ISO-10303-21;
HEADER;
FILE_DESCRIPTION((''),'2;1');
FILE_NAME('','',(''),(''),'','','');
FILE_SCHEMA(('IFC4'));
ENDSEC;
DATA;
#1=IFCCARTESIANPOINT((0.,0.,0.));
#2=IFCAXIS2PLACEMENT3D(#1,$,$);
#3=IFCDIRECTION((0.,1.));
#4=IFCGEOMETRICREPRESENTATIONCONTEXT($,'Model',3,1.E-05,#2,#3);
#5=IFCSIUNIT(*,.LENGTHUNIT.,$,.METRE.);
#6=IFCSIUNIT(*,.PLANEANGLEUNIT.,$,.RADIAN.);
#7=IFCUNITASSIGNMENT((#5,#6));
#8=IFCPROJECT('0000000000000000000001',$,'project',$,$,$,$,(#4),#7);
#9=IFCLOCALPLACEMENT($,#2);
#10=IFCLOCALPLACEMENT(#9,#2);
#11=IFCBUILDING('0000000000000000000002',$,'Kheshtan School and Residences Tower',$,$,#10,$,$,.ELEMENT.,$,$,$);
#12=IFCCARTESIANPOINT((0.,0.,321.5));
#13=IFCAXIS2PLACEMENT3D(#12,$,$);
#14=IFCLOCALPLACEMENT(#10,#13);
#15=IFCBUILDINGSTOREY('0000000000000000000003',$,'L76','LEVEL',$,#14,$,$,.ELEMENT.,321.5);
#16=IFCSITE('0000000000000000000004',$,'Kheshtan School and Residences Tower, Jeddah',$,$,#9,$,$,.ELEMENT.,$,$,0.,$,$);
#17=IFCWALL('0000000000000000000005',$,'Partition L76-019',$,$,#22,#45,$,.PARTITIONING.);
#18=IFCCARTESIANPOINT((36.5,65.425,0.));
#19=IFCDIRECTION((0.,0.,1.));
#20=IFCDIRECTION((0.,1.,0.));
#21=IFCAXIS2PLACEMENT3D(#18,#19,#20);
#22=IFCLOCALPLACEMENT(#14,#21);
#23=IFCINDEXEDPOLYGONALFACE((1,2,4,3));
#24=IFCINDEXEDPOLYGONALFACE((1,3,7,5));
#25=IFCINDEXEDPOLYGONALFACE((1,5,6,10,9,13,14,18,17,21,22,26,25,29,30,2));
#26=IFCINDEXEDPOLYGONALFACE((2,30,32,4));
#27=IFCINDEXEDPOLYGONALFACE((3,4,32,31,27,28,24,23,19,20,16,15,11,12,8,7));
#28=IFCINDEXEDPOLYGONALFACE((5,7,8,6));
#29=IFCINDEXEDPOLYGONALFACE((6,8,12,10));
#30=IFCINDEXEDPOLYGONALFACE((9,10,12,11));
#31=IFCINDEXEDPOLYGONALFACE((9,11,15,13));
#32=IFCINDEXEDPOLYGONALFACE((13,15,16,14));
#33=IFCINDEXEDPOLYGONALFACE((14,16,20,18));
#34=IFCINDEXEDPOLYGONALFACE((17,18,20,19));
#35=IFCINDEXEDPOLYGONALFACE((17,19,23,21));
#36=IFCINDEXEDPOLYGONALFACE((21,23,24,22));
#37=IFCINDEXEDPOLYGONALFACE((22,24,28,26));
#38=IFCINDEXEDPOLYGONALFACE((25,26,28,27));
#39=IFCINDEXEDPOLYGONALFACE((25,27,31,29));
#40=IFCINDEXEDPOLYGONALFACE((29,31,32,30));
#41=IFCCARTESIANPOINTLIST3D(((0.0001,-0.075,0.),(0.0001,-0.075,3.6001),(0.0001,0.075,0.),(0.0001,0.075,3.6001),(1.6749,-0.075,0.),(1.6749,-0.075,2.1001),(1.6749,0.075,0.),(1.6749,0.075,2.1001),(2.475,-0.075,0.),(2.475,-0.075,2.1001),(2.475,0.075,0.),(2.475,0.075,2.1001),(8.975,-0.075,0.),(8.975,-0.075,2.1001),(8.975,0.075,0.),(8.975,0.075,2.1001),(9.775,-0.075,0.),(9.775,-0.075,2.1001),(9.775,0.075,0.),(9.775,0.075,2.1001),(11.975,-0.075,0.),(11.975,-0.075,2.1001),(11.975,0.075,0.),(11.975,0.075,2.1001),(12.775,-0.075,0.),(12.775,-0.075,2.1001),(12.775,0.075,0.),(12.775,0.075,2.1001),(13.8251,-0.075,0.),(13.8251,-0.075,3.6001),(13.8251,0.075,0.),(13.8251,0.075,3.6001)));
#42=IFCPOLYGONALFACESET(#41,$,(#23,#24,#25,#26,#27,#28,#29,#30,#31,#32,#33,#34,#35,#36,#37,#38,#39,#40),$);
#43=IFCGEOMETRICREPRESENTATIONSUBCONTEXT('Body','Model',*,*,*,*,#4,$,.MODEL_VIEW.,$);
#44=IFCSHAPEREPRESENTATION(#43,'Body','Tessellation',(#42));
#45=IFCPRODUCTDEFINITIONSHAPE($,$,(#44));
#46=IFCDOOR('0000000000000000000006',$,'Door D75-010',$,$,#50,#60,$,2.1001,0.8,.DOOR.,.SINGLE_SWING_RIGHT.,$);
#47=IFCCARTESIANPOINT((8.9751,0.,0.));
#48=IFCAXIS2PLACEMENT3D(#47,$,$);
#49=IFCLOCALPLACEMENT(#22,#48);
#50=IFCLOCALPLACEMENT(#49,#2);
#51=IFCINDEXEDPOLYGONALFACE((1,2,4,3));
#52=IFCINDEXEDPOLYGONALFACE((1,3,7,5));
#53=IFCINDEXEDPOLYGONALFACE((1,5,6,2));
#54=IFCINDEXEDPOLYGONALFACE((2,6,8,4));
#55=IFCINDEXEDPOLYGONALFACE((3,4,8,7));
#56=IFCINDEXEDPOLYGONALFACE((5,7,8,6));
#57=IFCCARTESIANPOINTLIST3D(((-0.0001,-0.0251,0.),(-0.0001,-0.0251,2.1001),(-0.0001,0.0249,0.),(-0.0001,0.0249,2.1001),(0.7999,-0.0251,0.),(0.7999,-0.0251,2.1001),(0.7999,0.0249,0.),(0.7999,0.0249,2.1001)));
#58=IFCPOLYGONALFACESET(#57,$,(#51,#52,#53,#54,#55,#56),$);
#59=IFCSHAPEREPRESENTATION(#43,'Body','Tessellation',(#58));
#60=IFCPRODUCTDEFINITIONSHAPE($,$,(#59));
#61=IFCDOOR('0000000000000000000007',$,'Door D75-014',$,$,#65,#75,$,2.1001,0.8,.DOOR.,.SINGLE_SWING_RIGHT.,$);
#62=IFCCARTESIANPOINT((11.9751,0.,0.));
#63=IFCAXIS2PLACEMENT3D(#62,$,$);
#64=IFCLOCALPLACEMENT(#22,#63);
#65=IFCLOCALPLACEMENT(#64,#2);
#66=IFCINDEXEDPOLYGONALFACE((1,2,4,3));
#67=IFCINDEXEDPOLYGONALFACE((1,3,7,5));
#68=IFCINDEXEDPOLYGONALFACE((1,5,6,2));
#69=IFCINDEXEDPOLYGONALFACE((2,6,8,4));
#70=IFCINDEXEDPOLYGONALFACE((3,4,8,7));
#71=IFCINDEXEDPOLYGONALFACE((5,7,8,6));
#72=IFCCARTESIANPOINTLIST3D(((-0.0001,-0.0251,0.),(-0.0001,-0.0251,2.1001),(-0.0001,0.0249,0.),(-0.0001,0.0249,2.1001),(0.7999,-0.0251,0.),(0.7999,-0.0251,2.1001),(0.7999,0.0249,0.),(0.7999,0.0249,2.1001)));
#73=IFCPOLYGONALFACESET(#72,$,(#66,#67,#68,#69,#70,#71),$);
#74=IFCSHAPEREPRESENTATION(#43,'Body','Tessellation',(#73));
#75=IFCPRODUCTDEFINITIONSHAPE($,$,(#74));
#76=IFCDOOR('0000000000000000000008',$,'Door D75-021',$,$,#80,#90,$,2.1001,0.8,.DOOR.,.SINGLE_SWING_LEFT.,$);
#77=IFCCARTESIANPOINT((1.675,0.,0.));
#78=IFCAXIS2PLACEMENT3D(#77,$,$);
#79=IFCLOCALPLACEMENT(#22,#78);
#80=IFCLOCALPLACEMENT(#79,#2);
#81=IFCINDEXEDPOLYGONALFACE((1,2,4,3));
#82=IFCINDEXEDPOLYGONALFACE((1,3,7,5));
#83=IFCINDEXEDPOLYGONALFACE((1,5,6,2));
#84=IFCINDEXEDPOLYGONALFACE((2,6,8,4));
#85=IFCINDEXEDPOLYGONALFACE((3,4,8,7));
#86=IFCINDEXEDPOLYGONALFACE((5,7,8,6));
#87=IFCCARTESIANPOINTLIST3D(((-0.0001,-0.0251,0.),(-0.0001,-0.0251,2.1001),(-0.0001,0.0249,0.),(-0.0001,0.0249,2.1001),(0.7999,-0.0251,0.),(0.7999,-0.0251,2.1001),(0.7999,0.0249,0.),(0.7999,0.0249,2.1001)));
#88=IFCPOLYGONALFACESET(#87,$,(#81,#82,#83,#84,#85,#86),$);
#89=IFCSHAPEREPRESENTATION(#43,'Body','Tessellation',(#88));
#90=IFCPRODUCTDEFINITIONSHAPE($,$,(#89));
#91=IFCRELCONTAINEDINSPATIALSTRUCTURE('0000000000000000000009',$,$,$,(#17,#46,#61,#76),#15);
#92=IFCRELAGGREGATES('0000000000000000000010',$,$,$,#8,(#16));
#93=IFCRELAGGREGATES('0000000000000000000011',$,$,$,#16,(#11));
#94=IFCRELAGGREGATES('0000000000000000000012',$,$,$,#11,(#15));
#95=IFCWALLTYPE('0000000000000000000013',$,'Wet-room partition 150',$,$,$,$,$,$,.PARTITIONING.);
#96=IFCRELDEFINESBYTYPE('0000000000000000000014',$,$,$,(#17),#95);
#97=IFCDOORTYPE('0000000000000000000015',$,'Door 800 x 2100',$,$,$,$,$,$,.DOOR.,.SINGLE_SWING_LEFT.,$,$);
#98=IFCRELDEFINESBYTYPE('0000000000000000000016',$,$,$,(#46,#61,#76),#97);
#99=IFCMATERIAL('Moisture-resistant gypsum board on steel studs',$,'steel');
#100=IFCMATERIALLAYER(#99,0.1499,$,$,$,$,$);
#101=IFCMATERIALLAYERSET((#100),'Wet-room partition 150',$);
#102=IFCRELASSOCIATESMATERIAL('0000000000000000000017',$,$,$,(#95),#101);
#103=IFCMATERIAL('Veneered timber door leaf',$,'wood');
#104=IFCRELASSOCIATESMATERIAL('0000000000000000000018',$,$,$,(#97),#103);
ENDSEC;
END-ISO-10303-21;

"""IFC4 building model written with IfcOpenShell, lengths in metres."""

from ifc_helpers import new_model, si_unit, direction, frame, frame_2d, origin, place, context, subcontext, project, spatial, rectangle, extrude, source, transform, mapped, material, layer, layer_set, type_object, element, fill, save


model = new_model("IFC4")

# Units and contexts
model_context = context("Model", 3, precision=1e-05, world=origin(), true_north=direction((0.0, 1.0)))
body_context = subcontext(model_context, "Body", "Model", "MODEL_VIEW")
ifc_project = project(units=[si_unit("LENGTHUNIT", "METRE"), si_unit("PLANEANGLEUNIT", "RADIAN")], contexts=[model_context])

# Site, building, storey
site_placement = place(None, origin())
site = spatial("IfcSite", under=ifc_project, at=site_placement, Name="Kheshtan School and Residences Tower, Jeddah", CompositionType="ELEMENT", RefElevation=0.0)
building_placement = place(site_placement, origin())
building = spatial("IfcBuilding", under=site, at=building_placement, Name="Kheshtan School and Residences Tower", CompositionType="ELEMENT")
storey_placement = place(building_placement, frame((0.0, 0.0, 321.5)))
storey = spatial("IfcBuildingStorey", under=building, at=storey_placement, Name="L76", Description="LEVEL", CompositionType="ELEMENT", Elevation=321.5)

# Shared definitions
ifc_material_1 = material(Name="Moisture-resistant gypsum board on steel studs", Category="steel")
ifc_layer_1 = layer(ifc_material_1, 0.1499)
ifc_layer_set_1 = layer_set([ifc_layer_1], Name="Wet-room partition 150")
wall_type_1 = type_object("IfcWallType", Name="Wet-room partition 150", PredefinedType="PARTITIONING", material=ifc_layer_set_1)

# Wall, openings, doors
wall_1_placement = place(storey_placement, frame((36.5, 65.425, 0.0), z_axis=(0.0, 0.0, 1.0), x_axis=(0.0, 1.0, 0.0)))
wall_1 = element("IfcWall", 1, at=wall_1_placement, inside=storey, type_object=wall_type_1, Name="Partition L76-019", PredefinedType="PARTITIONING", context=body_context, shape_type="SweptSolid", body=[
    extrude(rectangle(XDim=13.825, YDim=0.1499, at=frame_2d((6.9126, 0.0))), origin(), (0.0, 0.0, 1.0), 3.6001),
])
opening_1_placement = place(wall_1_placement, frame((8.9751, 0.0, 0.0)))
opening_1 = element("IfcOpeningElement", 2, at=opening_1_placement, cuts=wall_1, PredefinedType="OPENING", context=body_context, shape_type="SweptSolid", body=[
    extrude(rectangle(XDim=0.8, YDim=2.1001, at=frame_2d((0.3999, 1.05))), frame((0.0, 0.085, 0.0), z_axis=(0.0, -1.0, 0.0), x_axis=(1.0, 0.0, 0.0)), (0.0, 0.0, 1.0), 0.1699),
])
opening_2_placement = place(wall_1_placement, frame((11.9751, 0.0, 0.0)))
opening_2 = element("IfcOpeningElement", 3, at=opening_2_placement, cuts=wall_1, PredefinedType="OPENING", context=body_context, shape_type="SweptSolid", body=[
    extrude(rectangle(XDim=0.8, YDim=2.1001, at=frame_2d((0.3999, 1.05))), frame((0.0, 0.085, 0.0), z_axis=(0.0, -1.0, 0.0), x_axis=(1.0, 0.0, 0.0)), (0.0, 0.0, 1.0), 0.1699),
])
opening_3_placement = place(wall_1_placement, frame((1.675, 0.0, 0.0)))
opening_3 = element("IfcOpeningElement", 4, at=opening_3_placement, cuts=wall_1, PredefinedType="OPENING", context=body_context, shape_type="SweptSolid", body=[
    extrude(rectangle(XDim=0.8, YDim=2.1001, at=frame_2d((0.3999, 1.05))), frame((0.0, 0.085, 0.0), z_axis=(0.0, -1.0, 0.0), x_axis=(1.0, 0.0, 0.0)), (0.0, 0.0, 1.0), 0.1699),
])
ifc_material_2 = material(Name="Veneered timber door leaf", Category="wood")
door_type_1 = type_object("IfcDoorType", Name="Door 800 x 2100", OperationType="SINGLE_SWING_LEFT", PredefinedType="DOOR", material=ifc_material_2)
shared_shape_1 = source(origin(), body_context, "Body", "SweptSolid", [
    extrude(rectangle(XDim=0.8, YDim=2.1001, at=frame_2d((0.3999, 1.05))), frame((0.0, 0.0249, 0.0), z_axis=(0.0, -1.0, 0.0), x_axis=(1.0, 0.0, 0.0)), (0.0, 0.0, 1.0), 0.05),
])
door_1_placement = place(opening_1_placement, origin())
door_1 = element("IfcDoor", 5, at=door_1_placement, inside=storey, type_object=door_type_1, Name="Door D75-010", OperationType="SINGLE_SWING_RIGHT", OverallHeight=2.1001, OverallWidth=0.8, PredefinedType="DOOR", context=body_context, shape_type="MappedRepresentation", body=[
    mapped(shared_shape_1, transform((0.0, 0.0, 0.0), x_axis=(1.0, 0.0, 0.0), y_axis=(0.0, 1.0, 0.0), z_axis=(0.0, 0.0, 1.0), scale=1.0)),
])
fill(opening_1, door_1)
door_2_placement = place(opening_2_placement, origin())
door_2 = element("IfcDoor", 6, at=door_2_placement, inside=storey, type_object=door_type_1, Name="Door D75-014", OperationType="SINGLE_SWING_RIGHT", OverallHeight=2.1001, OverallWidth=0.8, PredefinedType="DOOR", context=body_context, shape_type="MappedRepresentation", body=[
    mapped(shared_shape_1, transform((0.0, 0.0, 0.0), x_axis=(1.0, 0.0, 0.0), y_axis=(0.0, 1.0, 0.0), z_axis=(0.0, 0.0, 1.0), scale=1.0)),
])
fill(opening_2, door_2)
door_3_placement = place(opening_3_placement, origin())
door_3 = element("IfcDoor", 7, at=door_3_placement, inside=storey, type_object=door_type_1, Name="Door D75-021", OperationType="SINGLE_SWING_LEFT", OverallHeight=2.1001, OverallWidth=0.8, PredefinedType="DOOR", context=body_context, shape_type="MappedRepresentation", body=[
    mapped(shared_shape_1, transform((0.0, 0.0, 0.0), x_axis=(1.0, 0.0, 0.0), y_axis=(0.0, 1.0, 0.0), z_axis=(0.0, 0.0, 1.0), scale=1.0)),
])
fill(opening_3, door_3)

save(model, "model.ifc")
